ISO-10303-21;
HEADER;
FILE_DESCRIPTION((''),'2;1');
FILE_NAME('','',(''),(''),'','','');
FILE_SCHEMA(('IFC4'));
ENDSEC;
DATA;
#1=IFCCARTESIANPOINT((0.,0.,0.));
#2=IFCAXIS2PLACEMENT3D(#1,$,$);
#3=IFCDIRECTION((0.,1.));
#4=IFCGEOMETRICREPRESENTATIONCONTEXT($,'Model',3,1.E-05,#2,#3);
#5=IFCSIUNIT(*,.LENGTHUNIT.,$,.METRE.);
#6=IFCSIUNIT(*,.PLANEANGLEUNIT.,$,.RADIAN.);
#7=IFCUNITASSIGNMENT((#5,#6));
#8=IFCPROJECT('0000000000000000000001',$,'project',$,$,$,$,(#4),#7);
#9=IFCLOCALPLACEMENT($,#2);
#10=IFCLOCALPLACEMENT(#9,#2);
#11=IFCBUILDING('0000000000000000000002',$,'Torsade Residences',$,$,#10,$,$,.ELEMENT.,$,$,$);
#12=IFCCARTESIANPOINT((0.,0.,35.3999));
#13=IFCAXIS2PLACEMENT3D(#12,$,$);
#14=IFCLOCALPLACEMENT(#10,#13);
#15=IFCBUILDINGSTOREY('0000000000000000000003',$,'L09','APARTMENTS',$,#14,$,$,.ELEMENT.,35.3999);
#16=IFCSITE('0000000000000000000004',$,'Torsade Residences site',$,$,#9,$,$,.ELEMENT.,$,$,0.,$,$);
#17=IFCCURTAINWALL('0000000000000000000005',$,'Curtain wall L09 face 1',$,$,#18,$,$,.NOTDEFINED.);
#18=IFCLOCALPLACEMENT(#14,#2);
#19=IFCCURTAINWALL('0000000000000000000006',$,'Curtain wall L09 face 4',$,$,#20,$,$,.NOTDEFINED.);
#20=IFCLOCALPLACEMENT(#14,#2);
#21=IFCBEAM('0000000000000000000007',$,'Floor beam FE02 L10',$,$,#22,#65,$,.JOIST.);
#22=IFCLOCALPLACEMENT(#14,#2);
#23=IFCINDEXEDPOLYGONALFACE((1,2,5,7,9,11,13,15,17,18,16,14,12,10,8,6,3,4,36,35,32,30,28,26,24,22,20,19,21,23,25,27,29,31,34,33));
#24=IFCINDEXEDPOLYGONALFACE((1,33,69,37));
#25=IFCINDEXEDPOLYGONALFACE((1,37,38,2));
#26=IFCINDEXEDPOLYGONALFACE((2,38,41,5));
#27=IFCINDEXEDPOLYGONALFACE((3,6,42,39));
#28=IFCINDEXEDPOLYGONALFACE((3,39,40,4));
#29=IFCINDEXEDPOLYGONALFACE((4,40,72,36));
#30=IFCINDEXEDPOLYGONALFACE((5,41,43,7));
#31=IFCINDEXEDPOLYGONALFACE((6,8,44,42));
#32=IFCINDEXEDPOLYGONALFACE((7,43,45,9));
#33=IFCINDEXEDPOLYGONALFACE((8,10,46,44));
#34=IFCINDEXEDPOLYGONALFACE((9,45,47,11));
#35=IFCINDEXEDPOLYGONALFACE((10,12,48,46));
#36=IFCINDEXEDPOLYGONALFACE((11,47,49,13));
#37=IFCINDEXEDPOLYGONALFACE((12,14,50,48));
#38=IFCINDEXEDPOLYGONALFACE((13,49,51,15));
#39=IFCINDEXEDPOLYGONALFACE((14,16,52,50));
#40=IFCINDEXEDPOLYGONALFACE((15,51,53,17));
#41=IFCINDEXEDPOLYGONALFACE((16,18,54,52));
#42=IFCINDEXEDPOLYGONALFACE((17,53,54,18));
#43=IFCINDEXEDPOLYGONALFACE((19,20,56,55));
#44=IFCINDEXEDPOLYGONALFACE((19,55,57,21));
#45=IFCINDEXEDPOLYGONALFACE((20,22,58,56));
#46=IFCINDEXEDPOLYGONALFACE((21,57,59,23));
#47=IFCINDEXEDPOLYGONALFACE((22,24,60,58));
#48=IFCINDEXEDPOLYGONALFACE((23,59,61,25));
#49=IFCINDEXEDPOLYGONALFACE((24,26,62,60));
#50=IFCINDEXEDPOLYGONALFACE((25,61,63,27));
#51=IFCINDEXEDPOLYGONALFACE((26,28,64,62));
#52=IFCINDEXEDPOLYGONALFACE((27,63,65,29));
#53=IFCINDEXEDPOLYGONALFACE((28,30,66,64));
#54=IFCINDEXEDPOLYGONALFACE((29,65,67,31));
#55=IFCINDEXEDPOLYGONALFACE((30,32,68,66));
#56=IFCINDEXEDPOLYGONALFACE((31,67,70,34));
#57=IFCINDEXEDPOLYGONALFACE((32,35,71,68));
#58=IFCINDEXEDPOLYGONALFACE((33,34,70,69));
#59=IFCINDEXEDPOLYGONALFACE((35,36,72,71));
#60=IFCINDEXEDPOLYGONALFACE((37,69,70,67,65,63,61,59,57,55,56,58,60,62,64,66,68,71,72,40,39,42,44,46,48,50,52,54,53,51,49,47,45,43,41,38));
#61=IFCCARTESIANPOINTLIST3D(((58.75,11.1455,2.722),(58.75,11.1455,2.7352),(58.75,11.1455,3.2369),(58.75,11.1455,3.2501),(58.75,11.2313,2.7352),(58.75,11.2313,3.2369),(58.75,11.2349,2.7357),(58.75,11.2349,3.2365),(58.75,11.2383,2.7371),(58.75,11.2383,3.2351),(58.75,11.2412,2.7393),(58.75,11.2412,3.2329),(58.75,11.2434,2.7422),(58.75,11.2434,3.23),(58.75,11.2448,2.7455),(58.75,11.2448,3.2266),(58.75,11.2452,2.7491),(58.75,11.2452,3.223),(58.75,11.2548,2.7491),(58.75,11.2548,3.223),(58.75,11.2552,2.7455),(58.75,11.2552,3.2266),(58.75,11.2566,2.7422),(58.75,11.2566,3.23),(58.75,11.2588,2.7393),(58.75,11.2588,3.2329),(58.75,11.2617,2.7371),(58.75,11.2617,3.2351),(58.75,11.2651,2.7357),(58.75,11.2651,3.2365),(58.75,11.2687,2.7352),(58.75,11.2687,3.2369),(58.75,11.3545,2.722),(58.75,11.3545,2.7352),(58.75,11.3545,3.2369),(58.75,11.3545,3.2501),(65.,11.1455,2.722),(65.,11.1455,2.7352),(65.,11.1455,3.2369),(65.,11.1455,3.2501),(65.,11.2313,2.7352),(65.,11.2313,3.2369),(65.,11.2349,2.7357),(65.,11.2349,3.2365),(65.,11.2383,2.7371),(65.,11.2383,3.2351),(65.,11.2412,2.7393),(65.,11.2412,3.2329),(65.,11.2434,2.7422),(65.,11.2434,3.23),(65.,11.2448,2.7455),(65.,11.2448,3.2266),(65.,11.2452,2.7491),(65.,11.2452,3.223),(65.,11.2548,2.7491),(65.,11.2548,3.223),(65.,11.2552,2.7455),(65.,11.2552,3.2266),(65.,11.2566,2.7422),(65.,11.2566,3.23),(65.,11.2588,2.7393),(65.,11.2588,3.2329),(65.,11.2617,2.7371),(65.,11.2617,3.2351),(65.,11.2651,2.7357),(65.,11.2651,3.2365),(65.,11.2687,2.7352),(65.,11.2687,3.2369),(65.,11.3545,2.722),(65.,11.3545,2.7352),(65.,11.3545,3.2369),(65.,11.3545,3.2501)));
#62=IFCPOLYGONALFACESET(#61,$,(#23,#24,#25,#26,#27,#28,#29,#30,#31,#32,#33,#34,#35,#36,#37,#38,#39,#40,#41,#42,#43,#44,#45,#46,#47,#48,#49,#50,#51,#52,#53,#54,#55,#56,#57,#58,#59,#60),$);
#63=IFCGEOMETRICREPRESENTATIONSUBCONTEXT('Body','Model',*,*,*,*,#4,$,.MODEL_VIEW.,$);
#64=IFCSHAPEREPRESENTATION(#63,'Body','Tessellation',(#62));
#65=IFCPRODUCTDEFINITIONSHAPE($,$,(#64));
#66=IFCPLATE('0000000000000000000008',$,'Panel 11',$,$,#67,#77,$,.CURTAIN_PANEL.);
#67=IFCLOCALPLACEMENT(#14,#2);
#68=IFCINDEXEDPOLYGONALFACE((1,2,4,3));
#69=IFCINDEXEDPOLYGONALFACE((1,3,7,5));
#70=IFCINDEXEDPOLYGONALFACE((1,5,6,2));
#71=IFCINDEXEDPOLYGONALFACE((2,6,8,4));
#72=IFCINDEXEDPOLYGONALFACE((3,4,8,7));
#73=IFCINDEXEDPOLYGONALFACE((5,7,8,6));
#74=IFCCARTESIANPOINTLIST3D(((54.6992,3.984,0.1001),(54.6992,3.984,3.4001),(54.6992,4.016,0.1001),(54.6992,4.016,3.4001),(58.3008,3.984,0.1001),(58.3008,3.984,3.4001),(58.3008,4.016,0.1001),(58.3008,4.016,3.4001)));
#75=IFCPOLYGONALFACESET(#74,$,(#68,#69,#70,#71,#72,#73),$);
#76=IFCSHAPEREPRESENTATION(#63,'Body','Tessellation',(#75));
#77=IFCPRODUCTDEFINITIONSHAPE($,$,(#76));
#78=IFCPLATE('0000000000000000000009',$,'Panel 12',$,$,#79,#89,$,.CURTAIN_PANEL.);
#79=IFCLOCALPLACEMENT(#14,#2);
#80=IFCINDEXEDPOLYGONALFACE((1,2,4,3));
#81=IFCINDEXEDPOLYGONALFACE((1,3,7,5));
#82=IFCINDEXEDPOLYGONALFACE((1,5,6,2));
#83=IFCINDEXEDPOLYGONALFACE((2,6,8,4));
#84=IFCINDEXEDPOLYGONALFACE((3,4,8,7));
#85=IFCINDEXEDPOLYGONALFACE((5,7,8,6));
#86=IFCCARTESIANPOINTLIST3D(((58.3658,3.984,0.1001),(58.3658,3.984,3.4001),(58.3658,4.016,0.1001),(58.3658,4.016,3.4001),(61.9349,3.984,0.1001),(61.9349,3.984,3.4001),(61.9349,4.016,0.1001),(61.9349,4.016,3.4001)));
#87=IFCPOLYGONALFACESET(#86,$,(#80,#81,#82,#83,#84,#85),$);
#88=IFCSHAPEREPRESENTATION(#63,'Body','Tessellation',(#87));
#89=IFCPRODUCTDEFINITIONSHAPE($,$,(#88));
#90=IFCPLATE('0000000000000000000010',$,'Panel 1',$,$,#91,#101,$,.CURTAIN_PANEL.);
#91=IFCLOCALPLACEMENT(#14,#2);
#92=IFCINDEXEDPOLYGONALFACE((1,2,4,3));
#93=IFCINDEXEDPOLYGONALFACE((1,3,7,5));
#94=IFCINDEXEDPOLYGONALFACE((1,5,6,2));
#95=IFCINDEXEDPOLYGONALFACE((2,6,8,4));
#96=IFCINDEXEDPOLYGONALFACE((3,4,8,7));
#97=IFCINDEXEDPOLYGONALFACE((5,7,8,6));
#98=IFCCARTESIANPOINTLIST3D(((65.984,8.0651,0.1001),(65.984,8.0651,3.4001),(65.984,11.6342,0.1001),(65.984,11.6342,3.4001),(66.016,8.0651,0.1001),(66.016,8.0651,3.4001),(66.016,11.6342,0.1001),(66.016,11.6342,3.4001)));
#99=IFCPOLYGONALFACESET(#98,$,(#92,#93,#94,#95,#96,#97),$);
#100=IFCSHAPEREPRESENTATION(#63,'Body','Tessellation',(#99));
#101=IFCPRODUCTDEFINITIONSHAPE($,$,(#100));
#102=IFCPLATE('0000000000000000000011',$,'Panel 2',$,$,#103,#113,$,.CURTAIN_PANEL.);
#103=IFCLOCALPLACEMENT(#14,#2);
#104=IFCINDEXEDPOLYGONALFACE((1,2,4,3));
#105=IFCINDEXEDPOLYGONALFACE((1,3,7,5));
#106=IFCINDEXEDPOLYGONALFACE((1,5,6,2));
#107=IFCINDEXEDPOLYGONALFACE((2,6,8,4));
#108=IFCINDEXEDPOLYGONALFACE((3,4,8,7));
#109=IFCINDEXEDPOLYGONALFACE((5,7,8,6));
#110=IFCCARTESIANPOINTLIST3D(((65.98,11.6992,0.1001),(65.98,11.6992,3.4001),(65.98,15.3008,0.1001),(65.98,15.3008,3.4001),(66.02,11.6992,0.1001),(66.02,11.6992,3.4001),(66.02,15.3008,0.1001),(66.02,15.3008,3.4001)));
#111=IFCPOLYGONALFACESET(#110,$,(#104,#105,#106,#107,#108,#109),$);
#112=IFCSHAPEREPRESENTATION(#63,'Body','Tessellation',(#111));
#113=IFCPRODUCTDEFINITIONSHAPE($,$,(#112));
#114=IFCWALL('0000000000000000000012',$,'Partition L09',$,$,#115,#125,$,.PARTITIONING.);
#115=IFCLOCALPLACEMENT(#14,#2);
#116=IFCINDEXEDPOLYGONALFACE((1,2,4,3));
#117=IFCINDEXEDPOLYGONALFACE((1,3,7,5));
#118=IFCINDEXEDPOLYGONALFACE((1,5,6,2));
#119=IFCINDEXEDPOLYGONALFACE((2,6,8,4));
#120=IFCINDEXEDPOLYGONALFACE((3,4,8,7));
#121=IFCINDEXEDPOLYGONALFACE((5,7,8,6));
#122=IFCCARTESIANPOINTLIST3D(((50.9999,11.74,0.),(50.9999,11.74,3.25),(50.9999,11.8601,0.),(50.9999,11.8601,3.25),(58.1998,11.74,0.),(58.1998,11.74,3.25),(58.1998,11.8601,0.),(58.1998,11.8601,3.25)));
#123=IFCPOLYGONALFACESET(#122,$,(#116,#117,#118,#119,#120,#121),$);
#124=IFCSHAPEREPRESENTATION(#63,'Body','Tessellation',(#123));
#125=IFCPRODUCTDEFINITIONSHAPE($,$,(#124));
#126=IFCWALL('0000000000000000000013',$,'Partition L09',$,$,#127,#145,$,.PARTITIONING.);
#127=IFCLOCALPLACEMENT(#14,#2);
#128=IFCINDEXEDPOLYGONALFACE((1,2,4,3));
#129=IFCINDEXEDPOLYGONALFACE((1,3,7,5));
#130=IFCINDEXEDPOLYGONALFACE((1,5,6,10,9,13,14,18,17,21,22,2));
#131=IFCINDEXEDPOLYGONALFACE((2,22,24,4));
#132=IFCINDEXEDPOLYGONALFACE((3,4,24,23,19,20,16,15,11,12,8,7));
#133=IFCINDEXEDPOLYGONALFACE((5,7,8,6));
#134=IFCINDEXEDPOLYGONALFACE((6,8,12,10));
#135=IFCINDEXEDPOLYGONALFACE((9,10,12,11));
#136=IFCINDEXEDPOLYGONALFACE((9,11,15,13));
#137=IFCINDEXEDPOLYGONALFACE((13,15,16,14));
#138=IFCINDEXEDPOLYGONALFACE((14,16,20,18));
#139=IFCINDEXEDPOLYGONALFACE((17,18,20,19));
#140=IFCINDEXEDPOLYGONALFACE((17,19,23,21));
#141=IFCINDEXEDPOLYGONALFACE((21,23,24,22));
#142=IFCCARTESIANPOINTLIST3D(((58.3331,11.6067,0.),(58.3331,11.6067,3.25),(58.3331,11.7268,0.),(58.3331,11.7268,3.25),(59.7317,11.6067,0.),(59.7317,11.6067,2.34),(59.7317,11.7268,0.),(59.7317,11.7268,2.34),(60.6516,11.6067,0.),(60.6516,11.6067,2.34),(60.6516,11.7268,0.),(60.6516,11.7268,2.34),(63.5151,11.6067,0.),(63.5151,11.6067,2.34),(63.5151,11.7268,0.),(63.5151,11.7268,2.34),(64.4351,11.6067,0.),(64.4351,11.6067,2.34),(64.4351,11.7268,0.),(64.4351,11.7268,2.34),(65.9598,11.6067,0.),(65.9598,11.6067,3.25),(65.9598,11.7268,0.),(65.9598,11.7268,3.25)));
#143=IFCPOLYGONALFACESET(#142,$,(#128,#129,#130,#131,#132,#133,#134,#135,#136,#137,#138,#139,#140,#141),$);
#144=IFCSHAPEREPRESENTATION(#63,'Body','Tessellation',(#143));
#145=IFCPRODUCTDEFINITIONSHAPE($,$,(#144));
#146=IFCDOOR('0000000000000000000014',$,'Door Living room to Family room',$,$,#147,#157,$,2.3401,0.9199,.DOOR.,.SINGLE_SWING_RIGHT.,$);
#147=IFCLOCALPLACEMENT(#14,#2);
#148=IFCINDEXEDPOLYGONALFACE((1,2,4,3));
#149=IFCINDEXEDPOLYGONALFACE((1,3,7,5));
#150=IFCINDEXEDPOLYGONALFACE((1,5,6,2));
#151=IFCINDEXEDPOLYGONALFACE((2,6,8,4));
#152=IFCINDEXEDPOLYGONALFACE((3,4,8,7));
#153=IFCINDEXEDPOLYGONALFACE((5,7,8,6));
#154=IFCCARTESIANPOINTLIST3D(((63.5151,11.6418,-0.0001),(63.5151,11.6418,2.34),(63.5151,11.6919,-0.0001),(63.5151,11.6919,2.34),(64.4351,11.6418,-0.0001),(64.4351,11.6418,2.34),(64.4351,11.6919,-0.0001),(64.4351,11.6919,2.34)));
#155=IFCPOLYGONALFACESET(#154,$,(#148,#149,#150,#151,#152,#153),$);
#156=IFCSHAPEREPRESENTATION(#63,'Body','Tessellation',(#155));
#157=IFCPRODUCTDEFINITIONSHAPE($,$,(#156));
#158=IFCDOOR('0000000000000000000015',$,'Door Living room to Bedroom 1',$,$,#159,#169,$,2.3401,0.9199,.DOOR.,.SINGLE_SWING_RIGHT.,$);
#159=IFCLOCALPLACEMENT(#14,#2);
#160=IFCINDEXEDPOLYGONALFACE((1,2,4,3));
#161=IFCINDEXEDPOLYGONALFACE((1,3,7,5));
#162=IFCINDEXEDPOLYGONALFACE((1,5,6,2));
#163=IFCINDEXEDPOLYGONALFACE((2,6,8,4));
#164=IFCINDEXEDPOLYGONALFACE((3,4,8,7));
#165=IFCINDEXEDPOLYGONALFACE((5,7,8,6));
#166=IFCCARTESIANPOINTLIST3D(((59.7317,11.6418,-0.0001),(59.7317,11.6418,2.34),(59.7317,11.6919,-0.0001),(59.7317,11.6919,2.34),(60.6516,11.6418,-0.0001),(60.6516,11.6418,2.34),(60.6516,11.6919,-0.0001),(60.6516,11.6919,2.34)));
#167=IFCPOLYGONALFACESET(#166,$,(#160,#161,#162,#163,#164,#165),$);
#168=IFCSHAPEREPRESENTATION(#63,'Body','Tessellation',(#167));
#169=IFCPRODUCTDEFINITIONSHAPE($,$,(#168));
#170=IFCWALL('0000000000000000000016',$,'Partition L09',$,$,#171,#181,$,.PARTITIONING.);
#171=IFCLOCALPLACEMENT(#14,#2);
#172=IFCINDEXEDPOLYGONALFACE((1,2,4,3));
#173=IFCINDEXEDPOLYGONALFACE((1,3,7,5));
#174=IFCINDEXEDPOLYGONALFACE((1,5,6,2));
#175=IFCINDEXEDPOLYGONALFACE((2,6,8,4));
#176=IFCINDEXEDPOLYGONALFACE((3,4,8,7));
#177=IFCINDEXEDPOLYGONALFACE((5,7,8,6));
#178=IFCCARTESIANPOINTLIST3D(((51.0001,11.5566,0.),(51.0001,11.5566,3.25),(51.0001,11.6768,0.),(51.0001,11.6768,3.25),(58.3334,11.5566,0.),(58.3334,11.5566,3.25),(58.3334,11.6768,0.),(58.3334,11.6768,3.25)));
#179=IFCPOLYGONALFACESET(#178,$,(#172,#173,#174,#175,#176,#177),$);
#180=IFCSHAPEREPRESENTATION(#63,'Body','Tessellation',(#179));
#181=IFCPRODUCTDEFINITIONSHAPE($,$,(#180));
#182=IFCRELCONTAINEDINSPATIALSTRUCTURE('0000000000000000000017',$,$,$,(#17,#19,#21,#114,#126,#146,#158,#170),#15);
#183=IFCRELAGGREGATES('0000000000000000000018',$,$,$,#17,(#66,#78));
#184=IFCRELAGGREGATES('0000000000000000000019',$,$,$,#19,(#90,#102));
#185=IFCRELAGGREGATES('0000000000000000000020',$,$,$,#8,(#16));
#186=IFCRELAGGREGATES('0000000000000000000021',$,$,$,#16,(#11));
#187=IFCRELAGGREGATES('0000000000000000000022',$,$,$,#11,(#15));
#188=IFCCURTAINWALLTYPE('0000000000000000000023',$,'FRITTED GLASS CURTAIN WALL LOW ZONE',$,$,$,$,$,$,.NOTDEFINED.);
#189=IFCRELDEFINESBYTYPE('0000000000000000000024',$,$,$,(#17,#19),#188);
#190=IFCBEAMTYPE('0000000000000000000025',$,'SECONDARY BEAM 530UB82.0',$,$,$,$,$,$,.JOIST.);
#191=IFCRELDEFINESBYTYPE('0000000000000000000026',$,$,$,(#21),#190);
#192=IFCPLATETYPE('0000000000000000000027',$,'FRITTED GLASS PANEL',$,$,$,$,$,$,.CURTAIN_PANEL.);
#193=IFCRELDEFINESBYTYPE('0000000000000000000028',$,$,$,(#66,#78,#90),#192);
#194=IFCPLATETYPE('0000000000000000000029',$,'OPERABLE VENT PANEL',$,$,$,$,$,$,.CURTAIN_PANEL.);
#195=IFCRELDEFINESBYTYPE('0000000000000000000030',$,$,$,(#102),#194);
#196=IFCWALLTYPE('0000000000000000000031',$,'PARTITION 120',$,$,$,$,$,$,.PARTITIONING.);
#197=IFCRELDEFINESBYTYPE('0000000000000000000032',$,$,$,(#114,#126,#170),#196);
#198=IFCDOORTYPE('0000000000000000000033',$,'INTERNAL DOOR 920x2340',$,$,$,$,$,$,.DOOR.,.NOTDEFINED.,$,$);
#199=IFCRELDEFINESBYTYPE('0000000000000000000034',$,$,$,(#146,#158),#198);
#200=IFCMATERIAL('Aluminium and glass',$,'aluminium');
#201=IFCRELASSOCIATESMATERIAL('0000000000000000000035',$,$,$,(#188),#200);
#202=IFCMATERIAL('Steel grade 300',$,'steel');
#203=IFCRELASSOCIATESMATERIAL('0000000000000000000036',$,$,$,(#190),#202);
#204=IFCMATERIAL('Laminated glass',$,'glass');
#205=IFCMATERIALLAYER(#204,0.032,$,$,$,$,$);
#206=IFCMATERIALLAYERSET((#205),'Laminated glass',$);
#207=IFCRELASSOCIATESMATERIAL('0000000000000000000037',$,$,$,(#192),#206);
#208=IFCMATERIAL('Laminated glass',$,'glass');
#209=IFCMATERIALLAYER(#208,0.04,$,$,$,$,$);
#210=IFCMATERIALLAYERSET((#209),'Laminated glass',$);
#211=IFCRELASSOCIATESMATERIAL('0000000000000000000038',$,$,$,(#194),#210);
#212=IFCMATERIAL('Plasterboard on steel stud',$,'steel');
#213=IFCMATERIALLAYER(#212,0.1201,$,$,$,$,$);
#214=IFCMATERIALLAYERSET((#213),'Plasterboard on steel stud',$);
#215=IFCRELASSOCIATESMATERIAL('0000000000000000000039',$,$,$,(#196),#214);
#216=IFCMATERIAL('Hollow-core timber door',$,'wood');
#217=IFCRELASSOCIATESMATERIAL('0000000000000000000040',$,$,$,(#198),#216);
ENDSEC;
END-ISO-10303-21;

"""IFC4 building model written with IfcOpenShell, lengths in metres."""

from ifc_helpers import new_model, si_unit, direction, frame, frame_2d, origin, origin_2d, place, context, subcontext, project, spatial, rectangle, i_section, extrude, material, layer, layer_set, material_profile, profile_set, type_object, element, fill, aggregate, save


model = new_model("IFC4")

# Units and contexts
model_context = context("Model", 3, precision=1e-05, world=origin(), true_north=direction((0.0, 1.0)))
body_context = subcontext(model_context, "Body", "Model", "MODEL_VIEW")
ifc_project = project(units=[si_unit("LENGTHUNIT", "METRE"), si_unit("PLANEANGLEUNIT", "RADIAN")], contexts=[model_context])

# Site, building, storey
site_placement = place(None, origin())
site = spatial("IfcSite", under=ifc_project, at=site_placement, Name="Torsade Residences site", CompositionType="ELEMENT", RefElevation=0.0)
building_placement = place(site_placement, origin())
building = spatial("IfcBuilding", under=site, at=building_placement, Name="Torsade Residences", CompositionType="ELEMENT")
storey_placement = place(building_placement, frame((0.0, 0.0, 35.3999)))
storey = spatial("IfcBuildingStorey", under=building, at=storey_placement, Name="L09", Description="APARTMENTS", CompositionType="ELEMENT", Elevation=35.3999)

# Curtain walls
ifc_material_1 = material(Name="Aluminium and glass", Category="aluminium")
curtain_wall_type = type_object("IfcCurtainWallType", Name="FRITTED GLASS CURTAIN WALL LOW ZONE", PredefinedType="NOTDEFINED", material=ifc_material_1)
curtain_wall_1_placement = place(storey_placement, origin())
curtain_wall_1 = element("IfcCurtainWall", 1, at=curtain_wall_1_placement, inside=storey, type_object=curtain_wall_type, Name="Curtain wall L09 face 1", PredefinedType="NOTDEFINED")
curtain_wall_2_placement = place(storey_placement, origin())
curtain_wall_2 = element("IfcCurtainWall", 2, at=curtain_wall_2_placement, inside=storey, type_object=curtain_wall_type, Name="Curtain wall L09 face 4", PredefinedType="NOTDEFINED")

# Beam
ifc_material_2 = material(Name="Steel grade 300", Category="steel")
ifc_material_profile_1 = material_profile(ifc_material_2, i_section(OverallWidth=0.209, OverallDepth=0.5281, WebThickness=0.0095, FlangeThickness=0.0132, FilletRadius=0.0139, at=origin_2d()), Name="530UB82.0")
ifc_profile_set_1 = profile_set([ifc_material_profile_1], Name="Steel grade 300")
beam_type_1 = type_object("IfcBeamType", Name="SECONDARY BEAM 530UB82.0", PredefinedType="JOIST", material=ifc_profile_set_1)
beam_1_placement = place(storey_placement, frame((65.0, 11.25, 2.9861), z_axis=(-1.0, 0.0, 0.0), x_axis=(0.0, -1.0, 0.0)))
element("IfcBeam", 3, at=beam_1_placement, inside=storey, type_object=beam_type_1, Name="Floor beam FE02 L10", PredefinedType="JOIST", context=body_context, shape_type="SweptSolid", body=[
    extrude(i_section(OverallWidth=0.209, OverallDepth=0.5281, WebThickness=0.0095, FlangeThickness=0.0132, FilletRadius=0.0139, at=origin_2d()), origin(), (0.0, 0.0, 1.0), 6.25),
])

# Plates
ifc_material_3 = material(Name="Laminated glass", Category="glass")
ifc_layer_1 = layer(ifc_material_3, 0.032)
ifc_layer_set_1 = layer_set([ifc_layer_1], Name="Laminated glass")
plate_type_1 = type_object("IfcPlateType", Name="FRITTED GLASS PANEL", PredefinedType="CURTAIN_PANEL", material=ifc_layer_set_1)
plate_1_placement = place(storey_placement, frame((56.5, 4.0, 0.1001), z_axis=(0.0, 0.0, 1.0), x_axis=(1.0, 0.0, 0.0)))
plate_1 = element("IfcPlate", 4, at=plate_1_placement, type_object=plate_type_1, Name="Panel 11", PredefinedType="CURTAIN_PANEL", context=body_context, shape_type="SweptSolid", body=[
    extrude(rectangle(XDim=3.6016, YDim=0.032, at=origin_2d()), origin(), (0.0, 0.0, 1.0), 3.3),
])
plate_2_placement = place(storey_placement, frame((60.1504, 4.0, 0.1001), z_axis=(0.0, 0.0, 1.0), x_axis=(1.0, 0.0, 0.0)))
plate_2 = element("IfcPlate", 5, at=plate_2_placement, type_object=plate_type_1, Name="Panel 12", PredefinedType="CURTAIN_PANEL", context=body_context, shape_type="SweptSolid", body=[
    extrude(rectangle(XDim=3.5691, YDim=0.032, at=origin_2d()), origin(), (0.0, 0.0, 1.0), 3.3),
])
aggregate(curtain_wall_1, [plate_1, plate_2])
plate_3_placement = place(storey_placement, frame((66.0, 9.8496, 0.1001), z_axis=(0.0, 0.0, 1.0), x_axis=(0.0, 1.0, 0.0)))
plate_3 = element("IfcPlate", 6, at=plate_3_placement, type_object=plate_type_1, Name="Panel 1", PredefinedType="CURTAIN_PANEL", context=body_context, shape_type="SweptSolid", body=[
    extrude(rectangle(XDim=3.5691, YDim=0.032, at=origin_2d()), origin(), (0.0, 0.0, 1.0), 3.3),
])
ifc_material_4 = material(Name="Laminated glass", Category="glass")
ifc_layer_2 = layer(ifc_material_4, 0.04)
ifc_layer_set_2 = layer_set([ifc_layer_2], Name="Laminated glass")
plate_type_2 = type_object("IfcPlateType", Name="OPERABLE VENT PANEL", PredefinedType="CURTAIN_PANEL", material=ifc_layer_set_2)
plate_4_placement = place(storey_placement, frame((66.0, 13.5, 0.1001), z_axis=(0.0, 0.0, 1.0), x_axis=(0.0, 1.0, 0.0)))
plate_4 = element("IfcPlate", 7, at=plate_4_placement, type_object=plate_type_2, Name="Panel 2", PredefinedType="CURTAIN_PANEL", context=body_context, shape_type="SweptSolid", body=[
    extrude(rectangle(XDim=3.6016, YDim=0.04, at=origin_2d()), origin(), (0.0, 0.0, 1.0), 3.3),
])
aggregate(curtain_wall_2, [plate_3, plate_4])

# Wall
ifc_material_5 = material(Name="Plasterboard on steel stud", Category="steel")
ifc_layer_3 = layer(ifc_material_5, 0.1201)
ifc_layer_set_3 = layer_set([ifc_layer_3], Name="Plasterboard on steel stud")
wall_type_1 = type_object("IfcWallType", Name="PARTITION 120", PredefinedType="PARTITIONING", material=ifc_layer_set_3)
wall_1_placement = place(storey_placement, frame((58.2, 11.8, 0.0), z_axis=(0.0, 0.0, 1.0), x_axis=(-1.0, 0.0, 0.0)))
element("IfcWall", 8, at=wall_1_placement, inside=storey, type_object=wall_type_1, Name="Partition L09", PredefinedType="PARTITIONING", context=body_context, shape_type="SweptSolid", body=[
    extrude(rectangle(XDim=7.2, YDim=0.1201, at=frame_2d((3.6001, 0.0))), origin(), (0.0, 0.0, 1.0), 3.25),
])

# Wall, openings, doors
wall_2_placement = place(storey_placement, frame((65.96, 11.6667, 0.0), z_axis=(0.0, 0.0, 1.0), x_axis=(-1.0, 0.0, 0.0)))
wall_2 = element("IfcWall", 9, at=wall_2_placement, inside=storey, type_object=wall_type_1, Name="Partition L09", PredefinedType="PARTITIONING", context=body_context, shape_type="SweptSolid", body=[
    extrude(rectangle(XDim=7.6267, YDim=0.1201, at=frame_2d((3.8135, 0.0))), origin(), (0.0, 0.0, 1.0), 3.25),
])
opening_1_placement = place(wall_2_placement, frame((1.5249, 0.0, 0.0)))
opening_1 = element("IfcOpeningElement", 10, at=opening_1_placement, cuts=wall_2, PredefinedType="OPENING", context=body_context, shape_type="SweptSolid", body=[
    extrude(rectangle(XDim=0.9199, YDim=2.3401, at=frame_2d((0.46, 1.1699))), frame((0.0, 0.0701, 0.0), z_axis=(0.0, -1.0, 0.0), x_axis=(1.0, 0.0, 0.0)), (0.0, 0.0, 1.0), 0.1401),
])
opening_2_placement = place(wall_2_placement, frame((5.3083, 0.0, 0.0)))
opening_2 = element("IfcOpeningElement", 11, at=opening_2_placement, cuts=wall_2, PredefinedType="OPENING", context=body_context, shape_type="SweptSolid", body=[
    extrude(rectangle(XDim=0.9199, YDim=2.3401, at=frame_2d((0.46, 1.1699))), frame((0.0, 0.0701, 0.0), z_axis=(0.0, -1.0, 0.0), x_axis=(1.0, 0.0, 0.0)), (0.0, 0.0, 1.0), 0.1401),
])
ifc_material_6 = material(Name="Hollow-core timber door", Category="wood")
door_type_1 = type_object("IfcDoorType", Name="INTERNAL DOOR 920x2340", OperationType="NOTDEFINED", PredefinedType="DOOR", material=ifc_material_6)
door_1_placement = place(opening_1_placement, origin())
door_1 = element("IfcDoor", 12, at=door_1_placement, inside=storey, type_object=door_type_1, Name="Door Living room to Family room", OperationType="SINGLE_SWING_RIGHT", OverallHeight=2.3401, OverallWidth=0.9199, PredefinedType="DOOR", context=body_context, shape_type="SweptSolid", body=[
    extrude(rectangle(XDim=0.9199, YDim=2.3401, at=frame_2d((0.46, 1.1699))), frame((0.0, 0.0249, 0.0), z_axis=(0.0, -1.0, 0.0), x_axis=(1.0, 0.0, 0.0)), (0.0, 0.0, 1.0), 0.05),
])
fill(opening_1, door_1)
door_2_placement = place(opening_2_placement, origin())
door_2 = element("IfcDoor", 13, at=door_2_placement, inside=storey, type_object=door_type_1, Name="Door Living room to Bedroom 1", OperationType="SINGLE_SWING_RIGHT", OverallHeight=2.3401, OverallWidth=0.9199, PredefinedType="DOOR", context=body_context, shape_type="SweptSolid", body=[
    extrude(rectangle(XDim=0.9199, YDim=2.3401, at=frame_2d((0.46, 1.1699))), frame((0.0, 0.0249, 0.0), z_axis=(0.0, -1.0, 0.0), x_axis=(1.0, 0.0, 0.0)), (0.0, 0.0, 1.0), 0.05),
])
fill(opening_2, door_2)

# Wall
wall_3_placement = place(storey_placement, frame((58.3333, 11.6167, 0.0), z_axis=(0.0, 0.0, 1.0), x_axis=(-1.0, 0.0, 0.0)))
element("IfcWall", 14, at=wall_3_placement, inside=storey, type_object=wall_type_1, Name="Partition L09", PredefinedType="PARTITIONING", context=body_context, shape_type="SweptSolid", body=[
    extrude(rectangle(XDim=7.3333, YDim=0.1201, at=frame_2d((3.6665, 0.0))), origin(), (0.0, 0.0, 1.0), 3.25),
])

save(model, "model.ifc")
